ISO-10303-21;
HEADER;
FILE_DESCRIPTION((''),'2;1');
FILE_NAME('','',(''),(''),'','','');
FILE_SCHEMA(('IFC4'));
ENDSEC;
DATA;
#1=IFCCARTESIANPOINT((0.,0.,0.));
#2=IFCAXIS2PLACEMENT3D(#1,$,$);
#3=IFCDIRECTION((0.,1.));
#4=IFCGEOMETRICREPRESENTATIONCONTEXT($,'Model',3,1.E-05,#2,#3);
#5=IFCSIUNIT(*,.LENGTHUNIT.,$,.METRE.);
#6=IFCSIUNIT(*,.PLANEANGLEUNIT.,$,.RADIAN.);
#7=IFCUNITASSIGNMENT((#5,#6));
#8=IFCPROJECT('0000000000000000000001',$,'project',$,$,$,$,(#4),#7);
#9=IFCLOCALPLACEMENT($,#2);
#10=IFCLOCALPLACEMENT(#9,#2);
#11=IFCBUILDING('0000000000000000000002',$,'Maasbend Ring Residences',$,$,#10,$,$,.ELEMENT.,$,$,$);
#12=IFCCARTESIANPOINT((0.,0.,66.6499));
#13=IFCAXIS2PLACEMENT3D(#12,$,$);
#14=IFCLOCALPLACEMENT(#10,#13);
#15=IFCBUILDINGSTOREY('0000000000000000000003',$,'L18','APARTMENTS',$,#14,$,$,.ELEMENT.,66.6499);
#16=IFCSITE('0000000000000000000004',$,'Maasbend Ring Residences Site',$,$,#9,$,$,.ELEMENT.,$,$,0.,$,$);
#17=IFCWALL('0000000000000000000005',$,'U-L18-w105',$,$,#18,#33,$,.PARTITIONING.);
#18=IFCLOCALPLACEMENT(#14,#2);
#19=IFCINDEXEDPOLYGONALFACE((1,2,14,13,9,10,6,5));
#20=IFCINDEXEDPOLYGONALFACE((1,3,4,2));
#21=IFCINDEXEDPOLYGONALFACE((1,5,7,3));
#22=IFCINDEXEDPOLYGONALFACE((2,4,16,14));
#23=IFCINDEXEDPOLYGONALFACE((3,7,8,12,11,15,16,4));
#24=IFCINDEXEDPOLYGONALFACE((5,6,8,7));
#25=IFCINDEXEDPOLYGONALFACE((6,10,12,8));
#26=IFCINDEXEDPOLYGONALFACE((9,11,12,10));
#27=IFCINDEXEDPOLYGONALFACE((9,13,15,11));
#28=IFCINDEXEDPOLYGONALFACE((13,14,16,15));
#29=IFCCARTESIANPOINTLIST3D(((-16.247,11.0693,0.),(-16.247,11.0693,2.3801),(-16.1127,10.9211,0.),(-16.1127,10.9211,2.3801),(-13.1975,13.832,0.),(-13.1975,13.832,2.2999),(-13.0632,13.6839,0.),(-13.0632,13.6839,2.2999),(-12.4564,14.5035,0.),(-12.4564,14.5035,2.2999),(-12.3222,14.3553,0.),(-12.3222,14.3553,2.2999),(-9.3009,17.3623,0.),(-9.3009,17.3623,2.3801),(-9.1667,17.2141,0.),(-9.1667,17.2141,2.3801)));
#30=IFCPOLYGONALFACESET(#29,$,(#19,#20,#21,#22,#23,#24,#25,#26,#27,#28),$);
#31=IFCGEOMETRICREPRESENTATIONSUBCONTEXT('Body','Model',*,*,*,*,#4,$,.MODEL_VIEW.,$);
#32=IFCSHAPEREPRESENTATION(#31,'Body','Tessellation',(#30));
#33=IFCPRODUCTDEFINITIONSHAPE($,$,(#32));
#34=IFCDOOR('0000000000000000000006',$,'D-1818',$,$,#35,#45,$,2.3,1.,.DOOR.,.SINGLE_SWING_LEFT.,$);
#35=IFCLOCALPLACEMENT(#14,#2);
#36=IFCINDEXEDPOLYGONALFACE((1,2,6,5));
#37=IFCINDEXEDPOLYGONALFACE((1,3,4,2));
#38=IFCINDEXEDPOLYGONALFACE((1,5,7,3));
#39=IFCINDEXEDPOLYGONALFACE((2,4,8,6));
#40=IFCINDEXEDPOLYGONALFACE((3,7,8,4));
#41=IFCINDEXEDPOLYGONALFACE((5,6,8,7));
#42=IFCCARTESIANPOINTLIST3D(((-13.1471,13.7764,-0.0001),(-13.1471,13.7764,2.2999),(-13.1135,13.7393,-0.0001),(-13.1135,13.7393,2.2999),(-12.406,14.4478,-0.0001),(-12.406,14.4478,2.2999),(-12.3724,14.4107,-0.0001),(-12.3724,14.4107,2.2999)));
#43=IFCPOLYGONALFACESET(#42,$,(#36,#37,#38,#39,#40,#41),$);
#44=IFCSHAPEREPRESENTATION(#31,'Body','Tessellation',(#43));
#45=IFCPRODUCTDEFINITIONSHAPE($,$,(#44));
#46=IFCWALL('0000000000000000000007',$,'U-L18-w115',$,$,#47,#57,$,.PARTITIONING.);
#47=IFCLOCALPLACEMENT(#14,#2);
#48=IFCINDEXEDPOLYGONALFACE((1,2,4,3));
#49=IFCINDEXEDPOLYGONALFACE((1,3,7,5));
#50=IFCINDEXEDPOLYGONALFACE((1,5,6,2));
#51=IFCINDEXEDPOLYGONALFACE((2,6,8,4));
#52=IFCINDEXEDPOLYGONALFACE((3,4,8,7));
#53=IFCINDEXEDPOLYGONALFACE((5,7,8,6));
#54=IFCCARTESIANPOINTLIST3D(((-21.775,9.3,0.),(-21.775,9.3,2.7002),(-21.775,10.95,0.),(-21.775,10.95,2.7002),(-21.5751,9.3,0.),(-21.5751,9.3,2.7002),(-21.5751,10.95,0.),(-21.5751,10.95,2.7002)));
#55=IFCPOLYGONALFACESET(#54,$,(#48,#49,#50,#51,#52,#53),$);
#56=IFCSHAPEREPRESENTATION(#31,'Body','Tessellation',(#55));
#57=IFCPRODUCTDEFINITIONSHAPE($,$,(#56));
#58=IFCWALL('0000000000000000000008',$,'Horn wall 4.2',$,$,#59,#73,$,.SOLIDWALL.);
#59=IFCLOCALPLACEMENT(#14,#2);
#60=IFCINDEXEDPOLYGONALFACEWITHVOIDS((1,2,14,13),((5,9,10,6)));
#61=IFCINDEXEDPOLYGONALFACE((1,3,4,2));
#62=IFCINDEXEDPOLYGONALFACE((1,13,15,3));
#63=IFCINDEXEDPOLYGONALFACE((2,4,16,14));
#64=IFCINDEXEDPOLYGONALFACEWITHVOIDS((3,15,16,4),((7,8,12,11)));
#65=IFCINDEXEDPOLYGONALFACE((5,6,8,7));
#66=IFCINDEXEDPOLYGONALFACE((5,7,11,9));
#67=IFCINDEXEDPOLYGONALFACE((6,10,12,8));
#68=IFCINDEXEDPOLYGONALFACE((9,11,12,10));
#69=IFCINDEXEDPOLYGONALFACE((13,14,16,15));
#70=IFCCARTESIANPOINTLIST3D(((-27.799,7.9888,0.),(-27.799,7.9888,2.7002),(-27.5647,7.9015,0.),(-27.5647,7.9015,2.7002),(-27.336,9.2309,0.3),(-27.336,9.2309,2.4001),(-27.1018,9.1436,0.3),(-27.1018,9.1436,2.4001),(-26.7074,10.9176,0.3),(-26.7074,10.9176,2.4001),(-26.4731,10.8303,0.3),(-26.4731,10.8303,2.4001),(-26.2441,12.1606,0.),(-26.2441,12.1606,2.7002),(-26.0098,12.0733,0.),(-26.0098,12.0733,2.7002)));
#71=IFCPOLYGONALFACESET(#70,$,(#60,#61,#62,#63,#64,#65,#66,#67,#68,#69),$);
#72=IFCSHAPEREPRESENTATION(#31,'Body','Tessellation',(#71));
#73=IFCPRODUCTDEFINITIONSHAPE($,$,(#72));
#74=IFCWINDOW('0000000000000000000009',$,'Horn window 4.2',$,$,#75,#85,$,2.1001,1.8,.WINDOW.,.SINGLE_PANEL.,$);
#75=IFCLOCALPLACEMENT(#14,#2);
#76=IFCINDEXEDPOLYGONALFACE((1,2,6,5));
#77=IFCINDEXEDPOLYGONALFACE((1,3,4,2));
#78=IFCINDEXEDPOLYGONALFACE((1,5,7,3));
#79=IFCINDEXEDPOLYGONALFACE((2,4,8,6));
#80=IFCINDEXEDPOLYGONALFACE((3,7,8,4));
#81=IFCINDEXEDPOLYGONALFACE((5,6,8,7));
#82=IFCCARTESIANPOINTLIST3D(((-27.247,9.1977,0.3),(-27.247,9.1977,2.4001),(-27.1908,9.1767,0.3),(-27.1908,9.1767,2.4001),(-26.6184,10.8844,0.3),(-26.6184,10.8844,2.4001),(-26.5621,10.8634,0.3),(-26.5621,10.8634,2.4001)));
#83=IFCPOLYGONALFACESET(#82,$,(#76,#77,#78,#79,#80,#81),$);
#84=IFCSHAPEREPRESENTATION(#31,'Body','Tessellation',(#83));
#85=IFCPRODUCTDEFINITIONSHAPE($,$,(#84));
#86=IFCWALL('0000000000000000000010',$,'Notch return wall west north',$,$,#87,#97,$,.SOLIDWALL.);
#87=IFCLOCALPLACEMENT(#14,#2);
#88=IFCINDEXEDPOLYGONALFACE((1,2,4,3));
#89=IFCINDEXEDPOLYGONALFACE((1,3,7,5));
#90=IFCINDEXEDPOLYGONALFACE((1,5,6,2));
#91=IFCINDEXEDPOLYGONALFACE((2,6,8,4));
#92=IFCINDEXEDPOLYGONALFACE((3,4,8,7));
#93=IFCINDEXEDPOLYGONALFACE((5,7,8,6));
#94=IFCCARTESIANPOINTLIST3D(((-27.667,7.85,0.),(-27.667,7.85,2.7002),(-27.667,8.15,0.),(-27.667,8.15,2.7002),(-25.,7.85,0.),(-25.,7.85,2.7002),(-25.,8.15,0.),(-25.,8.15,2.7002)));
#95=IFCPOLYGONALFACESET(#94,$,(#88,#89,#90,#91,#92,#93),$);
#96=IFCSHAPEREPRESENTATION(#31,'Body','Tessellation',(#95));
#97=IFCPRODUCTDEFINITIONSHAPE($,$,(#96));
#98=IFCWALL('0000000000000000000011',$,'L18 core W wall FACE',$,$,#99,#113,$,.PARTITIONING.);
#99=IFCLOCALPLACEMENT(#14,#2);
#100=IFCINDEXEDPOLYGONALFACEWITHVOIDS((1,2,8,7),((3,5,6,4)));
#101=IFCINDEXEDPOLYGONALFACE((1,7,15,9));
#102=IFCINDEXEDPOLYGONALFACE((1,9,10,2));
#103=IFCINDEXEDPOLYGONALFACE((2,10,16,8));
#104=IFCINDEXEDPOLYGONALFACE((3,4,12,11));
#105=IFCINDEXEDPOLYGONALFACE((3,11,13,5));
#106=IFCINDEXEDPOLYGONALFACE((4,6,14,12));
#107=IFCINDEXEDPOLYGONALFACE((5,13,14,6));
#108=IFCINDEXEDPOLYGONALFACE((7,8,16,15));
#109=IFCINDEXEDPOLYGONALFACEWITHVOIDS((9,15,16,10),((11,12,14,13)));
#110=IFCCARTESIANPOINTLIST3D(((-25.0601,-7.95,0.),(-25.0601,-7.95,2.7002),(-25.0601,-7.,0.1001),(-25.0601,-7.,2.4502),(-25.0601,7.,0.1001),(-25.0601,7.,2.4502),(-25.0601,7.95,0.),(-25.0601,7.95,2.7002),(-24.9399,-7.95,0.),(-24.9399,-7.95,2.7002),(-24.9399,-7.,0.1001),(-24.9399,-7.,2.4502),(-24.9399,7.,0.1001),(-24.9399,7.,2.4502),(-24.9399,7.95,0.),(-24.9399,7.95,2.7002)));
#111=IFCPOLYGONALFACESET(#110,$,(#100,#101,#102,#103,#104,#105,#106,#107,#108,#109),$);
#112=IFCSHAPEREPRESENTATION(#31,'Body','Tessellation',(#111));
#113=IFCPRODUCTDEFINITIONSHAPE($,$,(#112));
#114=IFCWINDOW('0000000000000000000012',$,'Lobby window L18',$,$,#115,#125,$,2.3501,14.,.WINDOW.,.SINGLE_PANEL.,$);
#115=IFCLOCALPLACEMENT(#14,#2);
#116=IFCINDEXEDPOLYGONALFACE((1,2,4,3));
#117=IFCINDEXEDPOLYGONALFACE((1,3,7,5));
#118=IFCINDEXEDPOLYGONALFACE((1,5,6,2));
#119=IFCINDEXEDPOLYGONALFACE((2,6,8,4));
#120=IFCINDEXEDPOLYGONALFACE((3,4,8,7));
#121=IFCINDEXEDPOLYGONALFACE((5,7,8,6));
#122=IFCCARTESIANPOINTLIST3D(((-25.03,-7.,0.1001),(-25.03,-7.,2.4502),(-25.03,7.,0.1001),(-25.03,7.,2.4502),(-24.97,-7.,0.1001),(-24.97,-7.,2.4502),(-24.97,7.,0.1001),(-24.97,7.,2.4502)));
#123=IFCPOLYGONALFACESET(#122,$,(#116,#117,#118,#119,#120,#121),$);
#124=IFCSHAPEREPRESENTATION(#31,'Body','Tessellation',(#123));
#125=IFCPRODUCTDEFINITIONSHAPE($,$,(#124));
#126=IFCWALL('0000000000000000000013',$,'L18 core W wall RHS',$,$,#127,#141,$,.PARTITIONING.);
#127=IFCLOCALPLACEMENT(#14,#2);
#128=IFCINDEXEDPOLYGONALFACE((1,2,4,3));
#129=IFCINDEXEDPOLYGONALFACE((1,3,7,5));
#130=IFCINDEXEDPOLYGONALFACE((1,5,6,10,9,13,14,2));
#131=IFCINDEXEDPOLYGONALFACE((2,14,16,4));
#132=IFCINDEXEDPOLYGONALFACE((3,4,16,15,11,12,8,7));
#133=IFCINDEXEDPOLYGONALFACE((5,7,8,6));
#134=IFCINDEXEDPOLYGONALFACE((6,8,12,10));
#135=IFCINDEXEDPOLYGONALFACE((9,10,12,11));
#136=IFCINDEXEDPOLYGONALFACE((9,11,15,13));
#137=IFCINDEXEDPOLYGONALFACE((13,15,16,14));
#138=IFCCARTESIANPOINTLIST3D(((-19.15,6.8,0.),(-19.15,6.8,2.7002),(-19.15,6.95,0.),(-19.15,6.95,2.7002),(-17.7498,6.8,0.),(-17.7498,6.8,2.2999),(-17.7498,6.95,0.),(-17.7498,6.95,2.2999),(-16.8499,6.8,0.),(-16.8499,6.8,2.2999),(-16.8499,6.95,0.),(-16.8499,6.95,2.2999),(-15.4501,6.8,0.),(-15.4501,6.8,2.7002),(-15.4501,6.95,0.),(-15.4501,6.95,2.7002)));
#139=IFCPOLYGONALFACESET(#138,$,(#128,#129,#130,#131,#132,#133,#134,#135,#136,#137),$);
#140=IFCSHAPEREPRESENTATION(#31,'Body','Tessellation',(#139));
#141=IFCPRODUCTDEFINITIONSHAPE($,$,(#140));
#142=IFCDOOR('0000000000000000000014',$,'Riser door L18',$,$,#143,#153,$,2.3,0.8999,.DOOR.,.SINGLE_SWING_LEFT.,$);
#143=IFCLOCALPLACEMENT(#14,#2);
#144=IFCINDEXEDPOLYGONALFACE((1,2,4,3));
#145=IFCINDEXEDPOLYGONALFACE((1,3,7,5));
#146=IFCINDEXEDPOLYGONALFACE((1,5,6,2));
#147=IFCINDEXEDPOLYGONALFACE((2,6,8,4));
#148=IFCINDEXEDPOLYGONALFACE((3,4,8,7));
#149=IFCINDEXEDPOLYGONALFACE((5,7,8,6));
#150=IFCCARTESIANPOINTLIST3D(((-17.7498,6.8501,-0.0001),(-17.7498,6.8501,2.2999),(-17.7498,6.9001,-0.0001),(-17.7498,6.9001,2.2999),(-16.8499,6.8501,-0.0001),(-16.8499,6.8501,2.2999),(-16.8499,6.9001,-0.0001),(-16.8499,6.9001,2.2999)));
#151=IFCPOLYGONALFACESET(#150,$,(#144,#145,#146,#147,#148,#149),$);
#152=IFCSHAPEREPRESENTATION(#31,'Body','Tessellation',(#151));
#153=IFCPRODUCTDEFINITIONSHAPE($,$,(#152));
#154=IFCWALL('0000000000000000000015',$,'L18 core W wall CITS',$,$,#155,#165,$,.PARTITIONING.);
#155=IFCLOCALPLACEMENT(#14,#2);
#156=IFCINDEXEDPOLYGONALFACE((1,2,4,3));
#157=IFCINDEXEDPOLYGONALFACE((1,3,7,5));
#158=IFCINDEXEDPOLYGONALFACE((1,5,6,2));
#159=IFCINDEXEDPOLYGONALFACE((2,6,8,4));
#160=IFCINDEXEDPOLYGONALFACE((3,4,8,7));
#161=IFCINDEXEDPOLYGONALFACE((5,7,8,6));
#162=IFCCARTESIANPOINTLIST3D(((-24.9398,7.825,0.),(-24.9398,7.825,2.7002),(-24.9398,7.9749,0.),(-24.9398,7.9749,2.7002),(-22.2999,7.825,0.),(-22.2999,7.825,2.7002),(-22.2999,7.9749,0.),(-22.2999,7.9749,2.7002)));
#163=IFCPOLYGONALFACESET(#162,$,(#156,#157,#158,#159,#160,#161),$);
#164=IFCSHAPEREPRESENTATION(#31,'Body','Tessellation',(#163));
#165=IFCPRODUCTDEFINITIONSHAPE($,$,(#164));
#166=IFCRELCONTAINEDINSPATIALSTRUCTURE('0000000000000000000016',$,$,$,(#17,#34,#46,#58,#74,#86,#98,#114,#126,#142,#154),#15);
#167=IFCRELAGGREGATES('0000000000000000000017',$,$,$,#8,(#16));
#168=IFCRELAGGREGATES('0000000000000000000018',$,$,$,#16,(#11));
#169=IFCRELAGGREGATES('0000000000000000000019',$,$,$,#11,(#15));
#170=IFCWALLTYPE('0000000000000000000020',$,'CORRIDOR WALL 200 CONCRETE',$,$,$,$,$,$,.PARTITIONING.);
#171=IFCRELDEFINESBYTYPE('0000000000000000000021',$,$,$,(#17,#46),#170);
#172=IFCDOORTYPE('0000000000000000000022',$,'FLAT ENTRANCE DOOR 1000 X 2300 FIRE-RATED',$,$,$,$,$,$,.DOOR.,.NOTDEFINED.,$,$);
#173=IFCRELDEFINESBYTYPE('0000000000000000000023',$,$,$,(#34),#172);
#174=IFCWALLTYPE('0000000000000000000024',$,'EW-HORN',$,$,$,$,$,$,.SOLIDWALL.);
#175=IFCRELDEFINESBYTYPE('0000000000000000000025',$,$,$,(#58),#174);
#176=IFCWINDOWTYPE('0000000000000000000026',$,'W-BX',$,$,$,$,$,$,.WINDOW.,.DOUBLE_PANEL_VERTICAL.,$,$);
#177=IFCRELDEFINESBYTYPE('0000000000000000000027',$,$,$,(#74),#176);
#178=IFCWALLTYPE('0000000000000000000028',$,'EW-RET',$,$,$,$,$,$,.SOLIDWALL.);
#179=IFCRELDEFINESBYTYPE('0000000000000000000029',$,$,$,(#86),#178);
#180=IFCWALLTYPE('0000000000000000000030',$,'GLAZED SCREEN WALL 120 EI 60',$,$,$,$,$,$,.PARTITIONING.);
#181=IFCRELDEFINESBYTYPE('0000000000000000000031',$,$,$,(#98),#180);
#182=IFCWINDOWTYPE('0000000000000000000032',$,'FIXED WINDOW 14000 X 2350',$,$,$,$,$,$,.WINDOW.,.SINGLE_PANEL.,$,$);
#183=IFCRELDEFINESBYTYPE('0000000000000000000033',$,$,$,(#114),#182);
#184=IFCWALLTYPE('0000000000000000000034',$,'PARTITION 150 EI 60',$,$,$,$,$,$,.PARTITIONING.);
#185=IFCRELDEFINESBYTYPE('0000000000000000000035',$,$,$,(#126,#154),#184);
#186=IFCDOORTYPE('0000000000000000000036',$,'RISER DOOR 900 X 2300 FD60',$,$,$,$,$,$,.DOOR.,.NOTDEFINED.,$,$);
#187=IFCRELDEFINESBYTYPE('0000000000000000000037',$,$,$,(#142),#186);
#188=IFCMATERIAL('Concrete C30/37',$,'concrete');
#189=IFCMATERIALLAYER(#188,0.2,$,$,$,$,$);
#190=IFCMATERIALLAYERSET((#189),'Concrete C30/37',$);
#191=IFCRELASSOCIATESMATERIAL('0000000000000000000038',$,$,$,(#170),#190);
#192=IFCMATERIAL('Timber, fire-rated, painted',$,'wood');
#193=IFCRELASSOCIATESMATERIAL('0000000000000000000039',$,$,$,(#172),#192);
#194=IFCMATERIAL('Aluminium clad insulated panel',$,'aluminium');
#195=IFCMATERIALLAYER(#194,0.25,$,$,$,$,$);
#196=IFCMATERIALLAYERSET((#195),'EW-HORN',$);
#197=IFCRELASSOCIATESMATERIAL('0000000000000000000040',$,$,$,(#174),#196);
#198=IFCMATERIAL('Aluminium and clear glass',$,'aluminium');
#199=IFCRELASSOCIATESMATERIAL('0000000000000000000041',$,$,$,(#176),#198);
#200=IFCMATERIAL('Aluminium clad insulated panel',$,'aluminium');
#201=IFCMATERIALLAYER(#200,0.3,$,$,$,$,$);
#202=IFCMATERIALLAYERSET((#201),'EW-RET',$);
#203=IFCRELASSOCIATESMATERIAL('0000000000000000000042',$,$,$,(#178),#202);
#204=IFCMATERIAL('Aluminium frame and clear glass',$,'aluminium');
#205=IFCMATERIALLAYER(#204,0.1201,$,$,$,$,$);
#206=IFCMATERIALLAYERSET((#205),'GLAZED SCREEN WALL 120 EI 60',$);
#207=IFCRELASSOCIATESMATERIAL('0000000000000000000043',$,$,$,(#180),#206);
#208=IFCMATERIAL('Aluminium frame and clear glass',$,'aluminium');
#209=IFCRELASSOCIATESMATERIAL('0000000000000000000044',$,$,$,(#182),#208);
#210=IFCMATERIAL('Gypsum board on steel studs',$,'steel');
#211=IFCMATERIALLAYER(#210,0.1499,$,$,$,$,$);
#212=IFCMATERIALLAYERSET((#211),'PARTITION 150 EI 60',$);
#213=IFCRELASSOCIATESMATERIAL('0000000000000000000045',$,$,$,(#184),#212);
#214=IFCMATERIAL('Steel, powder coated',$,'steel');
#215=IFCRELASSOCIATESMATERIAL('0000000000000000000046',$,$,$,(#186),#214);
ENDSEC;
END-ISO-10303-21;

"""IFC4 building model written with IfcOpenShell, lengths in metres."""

from ifc_helpers import new_model, si_unit, direction, frame, frame_2d, origin, place, context, subcontext, project, spatial, rectangle, extrude, material, layer, layer_set, type_object, element, fill, save


model = new_model("IFC4")

# Units and contexts
model_context = context("Model", 3, precision=1e-05, world=origin(), true_north=direction((0.0, 1.0)))
body_context = subcontext(model_context, "Body", "Model", "MODEL_VIEW")
ifc_project = project(units=[si_unit("LENGTHUNIT", "METRE"), si_unit("PLANEANGLEUNIT", "RADIAN")], contexts=[model_context])

# Site, building, storey
site_placement = place(None, origin())
site = spatial("IfcSite", under=ifc_project, at=site_placement, Name="Maasbend Ring Residences Site", CompositionType="ELEMENT", RefElevation=0.0)
building_placement = place(site_placement, origin())
building = spatial("IfcBuilding", under=site, at=building_placement, Name="Maasbend Ring Residences", CompositionType="ELEMENT")
storey_placement = place(building_placement, frame((0.0, 0.0, 66.6499)))
storey = spatial("IfcBuildingStorey", under=building, at=storey_placement, Name="L18", Description="APARTMENTS", CompositionType="ELEMENT", Elevation=66.6499)

# Wall, opening, door
ifc_material_1 = material(Name="Concrete C30/37", Category="concrete")
ifc_layer_1 = layer(ifc_material_1, 0.2)
ifc_layer_set_1 = layer_set([ifc_layer_1], Name="Concrete C30/37")
wall_type_1 = type_object("IfcWallType", Name="CORRIDOR WALL 200 CONCRETE", PredefinedType="PARTITIONING", material=ifc_layer_set_1)
wall_1_placement = place(storey_placement, frame((-16.1799, 10.9951, 0.0), z_axis=(0.0, 0.0, 1.0), x_axis=(0.741087, 0.671409, 0.0)))
wall_1 = element("IfcWall", 1, at=wall_1_placement, inside=storey, type_object=wall_type_1, Name="U-L18-w105", PredefinedType="PARTITIONING", context=body_context, shape_type="SweptSolid", body=[
    extrude(rectangle(XDim=9.3728, YDim=0.2, at=frame_2d((4.6865, 0.0))), origin(), (0.0, 0.0, 1.0), 2.3801),
])
opening_1_placement = place(wall_1_placement, frame((4.115, 0.0, 0.0)))
opening_1 = element("IfcOpeningElement", 2, at=opening_1_placement, cuts=wall_1, PredefinedType="OPENING", context=body_context, shape_type="SweptSolid", body=[
    extrude(rectangle(XDim=1.0, YDim=2.3, at=frame_2d((0.5, 1.1499))), frame((0.0, 0.1099, 0.0), z_axis=(0.0, -1.0, 0.0), x_axis=(1.0, 0.0, 0.0)), (0.0, 0.0, 1.0), 0.22),
])
ifc_material_2 = material(Name="Timber, fire-rated, painted", Category="wood")
door_type_1 = type_object("IfcDoorType", Name="FLAT ENTRANCE DOOR 1000 X 2300 FIRE-RATED", OperationType="NOTDEFINED", PredefinedType="DOOR", material=ifc_material_2)
door_1_placement = place(opening_1_placement, origin())
door_1 = element("IfcDoor", 3, at=door_1_placement, inside=storey, type_object=door_type_1, Name="D-1818", OperationType="SINGLE_SWING_LEFT", OverallHeight=2.3, OverallWidth=1.0, PredefinedType="DOOR", context=body_context, shape_type="SweptSolid", body=[
    extrude(rectangle(XDim=1.0, YDim=2.3, at=frame_2d((0.5, 1.1499))), frame((0.0, 0.0249, 0.0), z_axis=(0.0, -1.0, 0.0), x_axis=(1.0, 0.0, 0.0)), (0.0, 0.0, 1.0), 0.05),
])
fill(opening_1, door_1)

# Wall
wall_2_placement = place(storey_placement, frame((-21.675, 9.3, 0.0), z_axis=(0.0, 0.0, 1.0), x_axis=(0.0, 1.0, 0.0)))
element("IfcWall", 4, at=wall_2_placement, inside=storey, type_object=wall_type_1, Name="U-L18-w115", PredefinedType="PARTITIONING", context=body_context, shape_type="SweptSolid", body=[
    extrude(rectangle(XDim=1.6499, YDim=0.2, at=frame_2d((0.825, 0.0))), origin(), (0.0, 0.0, 1.0), 2.7002),
])

# Wall, opening, window
ifc_material_3 = material(Name="Aluminium clad insulated panel", Category="aluminium")
ifc_layer_2 = layer(ifc_material_3, 0.25)
ifc_layer_set_2 = layer_set([ifc_layer_2], Name="EW-HORN")
wall_type_2 = type_object("IfcWallType", Name="EW-HORN", PredefinedType="SOLIDWALL", material=ifc_layer_set_2)
wall_3_placement = place(storey_placement, frame((-26.127, 12.1169, 0.0), z_axis=(0.0, 0.0, 1.0), x_axis=(-0.349248, -0.93703, 0.0)))
wall_3 = element("IfcWall", 5, at=wall_3_placement, inside=storey, type_object=wall_type_2, Name="Horn wall 4.2", PredefinedType="SOLIDWALL", context=body_context, shape_type="SweptSolid", body=[
    extrude(rectangle(XDim=4.4521, YDim=0.25, at=frame_2d((2.2261, 0.0))), origin(), (0.0, 0.0, 1.0), 2.7002),
])
opening_2_placement = place(wall_3_placement, frame((1.3267, 0.0, 0.3)))
opening_2 = element("IfcOpeningElement", 6, at=opening_2_placement, cuts=wall_3, PredefinedType="OPENING", context=body_context, shape_type="SweptSolid", body=[
    extrude(rectangle(XDim=1.8, YDim=2.1001, at=frame_2d((0.8999, 1.05))), frame((0.0, 0.135, 0.0), z_axis=(0.0, -1.0, 0.0), x_axis=(1.0, 0.0, 0.0)), (0.0, 0.0, 1.0), 0.27),
])
ifc_material_4 = material(Name="Aluminium and clear glass", Category="aluminium")
window_type_1 = type_object("IfcWindowType", Name="W-BX", PartitioningType="DOUBLE_PANEL_VERTICAL", PredefinedType="WINDOW", material=ifc_material_4)
window_1_placement = place(opening_2_placement, origin())
window_1 = element("IfcWindow", 7, at=window_1_placement, inside=storey, type_object=window_type_1, Name="Horn window 4.2", OverallHeight=2.1001, OverallWidth=1.8, PartitioningType="SINGLE_PANEL", PredefinedType="WINDOW", context=body_context, shape_type="SweptSolid", body=[
    extrude(rectangle(XDim=1.8, YDim=2.1001, at=frame_2d((0.8999, 1.05))), frame((0.0, 0.03, 0.0), z_axis=(0.0, -1.0, 0.0), x_axis=(1.0, 0.0, 0.0)), (0.0, 0.0, 1.0), 0.0601),
])
fill(opening_2, window_1)

# Wall
ifc_material_5 = material(Name="Aluminium clad insulated panel", Category="aluminium")
ifc_layer_3 = layer(ifc_material_5, 0.3)
ifc_layer_set_3 = layer_set([ifc_layer_3], Name="EW-RET")
wall_type_3 = type_object("IfcWallType", Name="EW-RET", PredefinedType="SOLIDWALL", material=ifc_layer_set_3)
wall_4_placement = place(storey_placement, frame((-25.0, 8.0, 0.0), z_axis=(0.0, 0.0, 1.0), x_axis=(-1.0, 0.0, 0.0)))
element("IfcWall", 8, at=wall_4_placement, inside=storey, type_object=wall_type_3, Name="Notch return wall west north", PredefinedType="SOLIDWALL", context=body_context, shape_type="SweptSolid", body=[
    extrude(rectangle(XDim=2.667, YDim=0.3, at=frame_2d((1.3335, 0.0))), origin(), (0.0, 0.0, 1.0), 2.7002),
])

# Wall, opening, window
ifc_material_6 = material(Name="Aluminium frame and clear glass", Category="aluminium")
ifc_layer_4 = layer(ifc_material_6, 0.1201)
ifc_layer_set_4 = layer_set([ifc_layer_4], Name="GLAZED SCREEN WALL 120 EI 60")
wall_type_4 = type_object("IfcWallType", Name="GLAZED SCREEN WALL 120 EI 60", PredefinedType="PARTITIONING", material=ifc_layer_set_4)
wall_5_placement = place(storey_placement, frame((-25.0, 7.95, 0.0), z_axis=(0.0, 0.0, 1.0), x_axis=(0.0, -1.0, 0.0)))
wall_5 = element("IfcWall", 9, at=wall_5_placement, inside=storey, type_object=wall_type_4, Name="L18 core W wall FACE", PredefinedType="PARTITIONING", context=body_context, shape_type="SweptSolid", body=[
    extrude(rectangle(XDim=15.8999, YDim=0.1201, at=frame_2d((7.95, 0.0))), origin(), (0.0, 0.0, 1.0), 2.7002),
])
opening_3_placement = place(wall_5_placement, frame((0.95, 0.0, 0.1001)))
opening_3 = element("IfcOpeningElement", 10, at=opening_3_placement, cuts=wall_5, PredefinedType="OPENING", context=body_context, shape_type="SweptSolid", body=[
    extrude(rectangle(XDim=14.0, YDim=2.3501, at=frame_2d((7.0, 1.175))), frame((0.0, 0.0701, 0.0), z_axis=(0.0, -1.0, 0.0), x_axis=(1.0, 0.0, 0.0)), (0.0, 0.0, 1.0), 0.1401),
])
ifc_material_7 = material(Name="Aluminium frame and clear glass", Category="aluminium")
window_type_2 = type_object("IfcWindowType", Name="FIXED WINDOW 14000 X 2350", PartitioningType="SINGLE_PANEL", PredefinedType="WINDOW", material=ifc_material_7)
window_2_placement = place(opening_3_placement, origin())
window_2 = element("IfcWindow", 11, at=window_2_placement, inside=storey, type_object=window_type_2, Name="Lobby window L18", OverallHeight=2.3501, OverallWidth=14.0, PartitioningType="SINGLE_PANEL", PredefinedType="WINDOW", context=body_context, shape_type="SweptSolid", body=[
    extrude(rectangle(XDim=14.0, YDim=2.3501, at=frame_2d((7.0, 1.175))), frame((0.0, 0.03, 0.0), z_axis=(0.0, -1.0, 0.0), x_axis=(1.0, 0.0, 0.0)), (0.0, 0.0, 1.0), 0.0601),
])
fill(opening_3, window_2)

# Wall, opening, door
ifc_material_8 = material(Name="Gypsum board on steel studs", Category="steel")
ifc_layer_5 = layer(ifc_material_8, 0.1499)
ifc_layer_set_5 = layer_set([ifc_layer_5], Name="PARTITION 150 EI 60")
wall_type_5 = type_object("IfcWallType", Name="PARTITION 150 EI 60", PredefinedType="PARTITIONING", material=ifc_layer_set_5)
wall_6_placement = place(storey_placement, frame((-15.45, 6.875, 0.0), z_axis=(0.0, 0.0, 1.0), x_axis=(-1.0, 0.0, 0.0)))
wall_6 = element("IfcWall", 12, at=wall_6_placement, inside=storey, type_object=wall_type_5, Name="L18 core W wall RHS", PredefinedType="PARTITIONING", context=body_context, shape_type="SweptSolid", body=[
    extrude(rectangle(XDim=3.7, YDim=0.1499, at=frame_2d((1.8501, 0.0))), origin(), (0.0, 0.0, 1.0), 2.7002),
])
opening_4_placement = place(wall_6_placement, frame((1.3999, 0.0, 0.0)))
opening_4 = element("IfcOpeningElement", 13, at=opening_4_placement, cuts=wall_6, PredefinedType="OPENING", context=body_context, shape_type="SweptSolid", body=[
    extrude(rectangle(XDim=0.8999, YDim=2.3, at=frame_2d((0.45, 1.1499))), frame((0.0, 0.085, 0.0), z_axis=(0.0, -1.0, 0.0), x_axis=(1.0, 0.0, 0.0)), (0.0, 0.0, 1.0), 0.1699),
])
ifc_material_9 = material(Name="Steel, powder coated", Category="steel")
door_type_2 = type_object("IfcDoorType", Name="RISER DOOR 900 X 2300 FD60", OperationType="NOTDEFINED", PredefinedType="DOOR", material=ifc_material_9)
door_2_placement = place(opening_4_placement, origin())
door_2 = element("IfcDoor", 14, at=door_2_placement, inside=storey, type_object=door_type_2, Name="Riser door L18", OperationType="SINGLE_SWING_LEFT", OverallHeight=2.3, OverallWidth=0.8999, PredefinedType="DOOR", context=body_context, shape_type="SweptSolid", body=[
    extrude(rectangle(XDim=0.8999, YDim=2.3, at=frame_2d((0.45, 1.1499))), frame((0.0, 0.0249, 0.0), z_axis=(0.0, -1.0, 0.0), x_axis=(1.0, 0.0, 0.0)), (0.0, 0.0, 1.0), 0.05),
])
fill(opening_4, door_2)

# Wall
wall_7_placement = place(storey_placement, frame((-22.3, 7.8999, 0.0), z_axis=(0.0, 0.0, 1.0), x_axis=(-1.0, 0.0, 0.0)))
element("IfcWall", 15, at=wall_7_placement, inside=storey, type_object=wall_type_5, Name="L18 core W wall CITS", PredefinedType="PARTITIONING", context=body_context, shape_type="SweptSolid", body=[
    extrude(rectangle(XDim=2.6399, YDim=0.1499, at=frame_2d((1.3198, 0.0))), origin(), (0.0, 0.0, 1.0), 2.7002),
])

save(model, "model.ifc")
